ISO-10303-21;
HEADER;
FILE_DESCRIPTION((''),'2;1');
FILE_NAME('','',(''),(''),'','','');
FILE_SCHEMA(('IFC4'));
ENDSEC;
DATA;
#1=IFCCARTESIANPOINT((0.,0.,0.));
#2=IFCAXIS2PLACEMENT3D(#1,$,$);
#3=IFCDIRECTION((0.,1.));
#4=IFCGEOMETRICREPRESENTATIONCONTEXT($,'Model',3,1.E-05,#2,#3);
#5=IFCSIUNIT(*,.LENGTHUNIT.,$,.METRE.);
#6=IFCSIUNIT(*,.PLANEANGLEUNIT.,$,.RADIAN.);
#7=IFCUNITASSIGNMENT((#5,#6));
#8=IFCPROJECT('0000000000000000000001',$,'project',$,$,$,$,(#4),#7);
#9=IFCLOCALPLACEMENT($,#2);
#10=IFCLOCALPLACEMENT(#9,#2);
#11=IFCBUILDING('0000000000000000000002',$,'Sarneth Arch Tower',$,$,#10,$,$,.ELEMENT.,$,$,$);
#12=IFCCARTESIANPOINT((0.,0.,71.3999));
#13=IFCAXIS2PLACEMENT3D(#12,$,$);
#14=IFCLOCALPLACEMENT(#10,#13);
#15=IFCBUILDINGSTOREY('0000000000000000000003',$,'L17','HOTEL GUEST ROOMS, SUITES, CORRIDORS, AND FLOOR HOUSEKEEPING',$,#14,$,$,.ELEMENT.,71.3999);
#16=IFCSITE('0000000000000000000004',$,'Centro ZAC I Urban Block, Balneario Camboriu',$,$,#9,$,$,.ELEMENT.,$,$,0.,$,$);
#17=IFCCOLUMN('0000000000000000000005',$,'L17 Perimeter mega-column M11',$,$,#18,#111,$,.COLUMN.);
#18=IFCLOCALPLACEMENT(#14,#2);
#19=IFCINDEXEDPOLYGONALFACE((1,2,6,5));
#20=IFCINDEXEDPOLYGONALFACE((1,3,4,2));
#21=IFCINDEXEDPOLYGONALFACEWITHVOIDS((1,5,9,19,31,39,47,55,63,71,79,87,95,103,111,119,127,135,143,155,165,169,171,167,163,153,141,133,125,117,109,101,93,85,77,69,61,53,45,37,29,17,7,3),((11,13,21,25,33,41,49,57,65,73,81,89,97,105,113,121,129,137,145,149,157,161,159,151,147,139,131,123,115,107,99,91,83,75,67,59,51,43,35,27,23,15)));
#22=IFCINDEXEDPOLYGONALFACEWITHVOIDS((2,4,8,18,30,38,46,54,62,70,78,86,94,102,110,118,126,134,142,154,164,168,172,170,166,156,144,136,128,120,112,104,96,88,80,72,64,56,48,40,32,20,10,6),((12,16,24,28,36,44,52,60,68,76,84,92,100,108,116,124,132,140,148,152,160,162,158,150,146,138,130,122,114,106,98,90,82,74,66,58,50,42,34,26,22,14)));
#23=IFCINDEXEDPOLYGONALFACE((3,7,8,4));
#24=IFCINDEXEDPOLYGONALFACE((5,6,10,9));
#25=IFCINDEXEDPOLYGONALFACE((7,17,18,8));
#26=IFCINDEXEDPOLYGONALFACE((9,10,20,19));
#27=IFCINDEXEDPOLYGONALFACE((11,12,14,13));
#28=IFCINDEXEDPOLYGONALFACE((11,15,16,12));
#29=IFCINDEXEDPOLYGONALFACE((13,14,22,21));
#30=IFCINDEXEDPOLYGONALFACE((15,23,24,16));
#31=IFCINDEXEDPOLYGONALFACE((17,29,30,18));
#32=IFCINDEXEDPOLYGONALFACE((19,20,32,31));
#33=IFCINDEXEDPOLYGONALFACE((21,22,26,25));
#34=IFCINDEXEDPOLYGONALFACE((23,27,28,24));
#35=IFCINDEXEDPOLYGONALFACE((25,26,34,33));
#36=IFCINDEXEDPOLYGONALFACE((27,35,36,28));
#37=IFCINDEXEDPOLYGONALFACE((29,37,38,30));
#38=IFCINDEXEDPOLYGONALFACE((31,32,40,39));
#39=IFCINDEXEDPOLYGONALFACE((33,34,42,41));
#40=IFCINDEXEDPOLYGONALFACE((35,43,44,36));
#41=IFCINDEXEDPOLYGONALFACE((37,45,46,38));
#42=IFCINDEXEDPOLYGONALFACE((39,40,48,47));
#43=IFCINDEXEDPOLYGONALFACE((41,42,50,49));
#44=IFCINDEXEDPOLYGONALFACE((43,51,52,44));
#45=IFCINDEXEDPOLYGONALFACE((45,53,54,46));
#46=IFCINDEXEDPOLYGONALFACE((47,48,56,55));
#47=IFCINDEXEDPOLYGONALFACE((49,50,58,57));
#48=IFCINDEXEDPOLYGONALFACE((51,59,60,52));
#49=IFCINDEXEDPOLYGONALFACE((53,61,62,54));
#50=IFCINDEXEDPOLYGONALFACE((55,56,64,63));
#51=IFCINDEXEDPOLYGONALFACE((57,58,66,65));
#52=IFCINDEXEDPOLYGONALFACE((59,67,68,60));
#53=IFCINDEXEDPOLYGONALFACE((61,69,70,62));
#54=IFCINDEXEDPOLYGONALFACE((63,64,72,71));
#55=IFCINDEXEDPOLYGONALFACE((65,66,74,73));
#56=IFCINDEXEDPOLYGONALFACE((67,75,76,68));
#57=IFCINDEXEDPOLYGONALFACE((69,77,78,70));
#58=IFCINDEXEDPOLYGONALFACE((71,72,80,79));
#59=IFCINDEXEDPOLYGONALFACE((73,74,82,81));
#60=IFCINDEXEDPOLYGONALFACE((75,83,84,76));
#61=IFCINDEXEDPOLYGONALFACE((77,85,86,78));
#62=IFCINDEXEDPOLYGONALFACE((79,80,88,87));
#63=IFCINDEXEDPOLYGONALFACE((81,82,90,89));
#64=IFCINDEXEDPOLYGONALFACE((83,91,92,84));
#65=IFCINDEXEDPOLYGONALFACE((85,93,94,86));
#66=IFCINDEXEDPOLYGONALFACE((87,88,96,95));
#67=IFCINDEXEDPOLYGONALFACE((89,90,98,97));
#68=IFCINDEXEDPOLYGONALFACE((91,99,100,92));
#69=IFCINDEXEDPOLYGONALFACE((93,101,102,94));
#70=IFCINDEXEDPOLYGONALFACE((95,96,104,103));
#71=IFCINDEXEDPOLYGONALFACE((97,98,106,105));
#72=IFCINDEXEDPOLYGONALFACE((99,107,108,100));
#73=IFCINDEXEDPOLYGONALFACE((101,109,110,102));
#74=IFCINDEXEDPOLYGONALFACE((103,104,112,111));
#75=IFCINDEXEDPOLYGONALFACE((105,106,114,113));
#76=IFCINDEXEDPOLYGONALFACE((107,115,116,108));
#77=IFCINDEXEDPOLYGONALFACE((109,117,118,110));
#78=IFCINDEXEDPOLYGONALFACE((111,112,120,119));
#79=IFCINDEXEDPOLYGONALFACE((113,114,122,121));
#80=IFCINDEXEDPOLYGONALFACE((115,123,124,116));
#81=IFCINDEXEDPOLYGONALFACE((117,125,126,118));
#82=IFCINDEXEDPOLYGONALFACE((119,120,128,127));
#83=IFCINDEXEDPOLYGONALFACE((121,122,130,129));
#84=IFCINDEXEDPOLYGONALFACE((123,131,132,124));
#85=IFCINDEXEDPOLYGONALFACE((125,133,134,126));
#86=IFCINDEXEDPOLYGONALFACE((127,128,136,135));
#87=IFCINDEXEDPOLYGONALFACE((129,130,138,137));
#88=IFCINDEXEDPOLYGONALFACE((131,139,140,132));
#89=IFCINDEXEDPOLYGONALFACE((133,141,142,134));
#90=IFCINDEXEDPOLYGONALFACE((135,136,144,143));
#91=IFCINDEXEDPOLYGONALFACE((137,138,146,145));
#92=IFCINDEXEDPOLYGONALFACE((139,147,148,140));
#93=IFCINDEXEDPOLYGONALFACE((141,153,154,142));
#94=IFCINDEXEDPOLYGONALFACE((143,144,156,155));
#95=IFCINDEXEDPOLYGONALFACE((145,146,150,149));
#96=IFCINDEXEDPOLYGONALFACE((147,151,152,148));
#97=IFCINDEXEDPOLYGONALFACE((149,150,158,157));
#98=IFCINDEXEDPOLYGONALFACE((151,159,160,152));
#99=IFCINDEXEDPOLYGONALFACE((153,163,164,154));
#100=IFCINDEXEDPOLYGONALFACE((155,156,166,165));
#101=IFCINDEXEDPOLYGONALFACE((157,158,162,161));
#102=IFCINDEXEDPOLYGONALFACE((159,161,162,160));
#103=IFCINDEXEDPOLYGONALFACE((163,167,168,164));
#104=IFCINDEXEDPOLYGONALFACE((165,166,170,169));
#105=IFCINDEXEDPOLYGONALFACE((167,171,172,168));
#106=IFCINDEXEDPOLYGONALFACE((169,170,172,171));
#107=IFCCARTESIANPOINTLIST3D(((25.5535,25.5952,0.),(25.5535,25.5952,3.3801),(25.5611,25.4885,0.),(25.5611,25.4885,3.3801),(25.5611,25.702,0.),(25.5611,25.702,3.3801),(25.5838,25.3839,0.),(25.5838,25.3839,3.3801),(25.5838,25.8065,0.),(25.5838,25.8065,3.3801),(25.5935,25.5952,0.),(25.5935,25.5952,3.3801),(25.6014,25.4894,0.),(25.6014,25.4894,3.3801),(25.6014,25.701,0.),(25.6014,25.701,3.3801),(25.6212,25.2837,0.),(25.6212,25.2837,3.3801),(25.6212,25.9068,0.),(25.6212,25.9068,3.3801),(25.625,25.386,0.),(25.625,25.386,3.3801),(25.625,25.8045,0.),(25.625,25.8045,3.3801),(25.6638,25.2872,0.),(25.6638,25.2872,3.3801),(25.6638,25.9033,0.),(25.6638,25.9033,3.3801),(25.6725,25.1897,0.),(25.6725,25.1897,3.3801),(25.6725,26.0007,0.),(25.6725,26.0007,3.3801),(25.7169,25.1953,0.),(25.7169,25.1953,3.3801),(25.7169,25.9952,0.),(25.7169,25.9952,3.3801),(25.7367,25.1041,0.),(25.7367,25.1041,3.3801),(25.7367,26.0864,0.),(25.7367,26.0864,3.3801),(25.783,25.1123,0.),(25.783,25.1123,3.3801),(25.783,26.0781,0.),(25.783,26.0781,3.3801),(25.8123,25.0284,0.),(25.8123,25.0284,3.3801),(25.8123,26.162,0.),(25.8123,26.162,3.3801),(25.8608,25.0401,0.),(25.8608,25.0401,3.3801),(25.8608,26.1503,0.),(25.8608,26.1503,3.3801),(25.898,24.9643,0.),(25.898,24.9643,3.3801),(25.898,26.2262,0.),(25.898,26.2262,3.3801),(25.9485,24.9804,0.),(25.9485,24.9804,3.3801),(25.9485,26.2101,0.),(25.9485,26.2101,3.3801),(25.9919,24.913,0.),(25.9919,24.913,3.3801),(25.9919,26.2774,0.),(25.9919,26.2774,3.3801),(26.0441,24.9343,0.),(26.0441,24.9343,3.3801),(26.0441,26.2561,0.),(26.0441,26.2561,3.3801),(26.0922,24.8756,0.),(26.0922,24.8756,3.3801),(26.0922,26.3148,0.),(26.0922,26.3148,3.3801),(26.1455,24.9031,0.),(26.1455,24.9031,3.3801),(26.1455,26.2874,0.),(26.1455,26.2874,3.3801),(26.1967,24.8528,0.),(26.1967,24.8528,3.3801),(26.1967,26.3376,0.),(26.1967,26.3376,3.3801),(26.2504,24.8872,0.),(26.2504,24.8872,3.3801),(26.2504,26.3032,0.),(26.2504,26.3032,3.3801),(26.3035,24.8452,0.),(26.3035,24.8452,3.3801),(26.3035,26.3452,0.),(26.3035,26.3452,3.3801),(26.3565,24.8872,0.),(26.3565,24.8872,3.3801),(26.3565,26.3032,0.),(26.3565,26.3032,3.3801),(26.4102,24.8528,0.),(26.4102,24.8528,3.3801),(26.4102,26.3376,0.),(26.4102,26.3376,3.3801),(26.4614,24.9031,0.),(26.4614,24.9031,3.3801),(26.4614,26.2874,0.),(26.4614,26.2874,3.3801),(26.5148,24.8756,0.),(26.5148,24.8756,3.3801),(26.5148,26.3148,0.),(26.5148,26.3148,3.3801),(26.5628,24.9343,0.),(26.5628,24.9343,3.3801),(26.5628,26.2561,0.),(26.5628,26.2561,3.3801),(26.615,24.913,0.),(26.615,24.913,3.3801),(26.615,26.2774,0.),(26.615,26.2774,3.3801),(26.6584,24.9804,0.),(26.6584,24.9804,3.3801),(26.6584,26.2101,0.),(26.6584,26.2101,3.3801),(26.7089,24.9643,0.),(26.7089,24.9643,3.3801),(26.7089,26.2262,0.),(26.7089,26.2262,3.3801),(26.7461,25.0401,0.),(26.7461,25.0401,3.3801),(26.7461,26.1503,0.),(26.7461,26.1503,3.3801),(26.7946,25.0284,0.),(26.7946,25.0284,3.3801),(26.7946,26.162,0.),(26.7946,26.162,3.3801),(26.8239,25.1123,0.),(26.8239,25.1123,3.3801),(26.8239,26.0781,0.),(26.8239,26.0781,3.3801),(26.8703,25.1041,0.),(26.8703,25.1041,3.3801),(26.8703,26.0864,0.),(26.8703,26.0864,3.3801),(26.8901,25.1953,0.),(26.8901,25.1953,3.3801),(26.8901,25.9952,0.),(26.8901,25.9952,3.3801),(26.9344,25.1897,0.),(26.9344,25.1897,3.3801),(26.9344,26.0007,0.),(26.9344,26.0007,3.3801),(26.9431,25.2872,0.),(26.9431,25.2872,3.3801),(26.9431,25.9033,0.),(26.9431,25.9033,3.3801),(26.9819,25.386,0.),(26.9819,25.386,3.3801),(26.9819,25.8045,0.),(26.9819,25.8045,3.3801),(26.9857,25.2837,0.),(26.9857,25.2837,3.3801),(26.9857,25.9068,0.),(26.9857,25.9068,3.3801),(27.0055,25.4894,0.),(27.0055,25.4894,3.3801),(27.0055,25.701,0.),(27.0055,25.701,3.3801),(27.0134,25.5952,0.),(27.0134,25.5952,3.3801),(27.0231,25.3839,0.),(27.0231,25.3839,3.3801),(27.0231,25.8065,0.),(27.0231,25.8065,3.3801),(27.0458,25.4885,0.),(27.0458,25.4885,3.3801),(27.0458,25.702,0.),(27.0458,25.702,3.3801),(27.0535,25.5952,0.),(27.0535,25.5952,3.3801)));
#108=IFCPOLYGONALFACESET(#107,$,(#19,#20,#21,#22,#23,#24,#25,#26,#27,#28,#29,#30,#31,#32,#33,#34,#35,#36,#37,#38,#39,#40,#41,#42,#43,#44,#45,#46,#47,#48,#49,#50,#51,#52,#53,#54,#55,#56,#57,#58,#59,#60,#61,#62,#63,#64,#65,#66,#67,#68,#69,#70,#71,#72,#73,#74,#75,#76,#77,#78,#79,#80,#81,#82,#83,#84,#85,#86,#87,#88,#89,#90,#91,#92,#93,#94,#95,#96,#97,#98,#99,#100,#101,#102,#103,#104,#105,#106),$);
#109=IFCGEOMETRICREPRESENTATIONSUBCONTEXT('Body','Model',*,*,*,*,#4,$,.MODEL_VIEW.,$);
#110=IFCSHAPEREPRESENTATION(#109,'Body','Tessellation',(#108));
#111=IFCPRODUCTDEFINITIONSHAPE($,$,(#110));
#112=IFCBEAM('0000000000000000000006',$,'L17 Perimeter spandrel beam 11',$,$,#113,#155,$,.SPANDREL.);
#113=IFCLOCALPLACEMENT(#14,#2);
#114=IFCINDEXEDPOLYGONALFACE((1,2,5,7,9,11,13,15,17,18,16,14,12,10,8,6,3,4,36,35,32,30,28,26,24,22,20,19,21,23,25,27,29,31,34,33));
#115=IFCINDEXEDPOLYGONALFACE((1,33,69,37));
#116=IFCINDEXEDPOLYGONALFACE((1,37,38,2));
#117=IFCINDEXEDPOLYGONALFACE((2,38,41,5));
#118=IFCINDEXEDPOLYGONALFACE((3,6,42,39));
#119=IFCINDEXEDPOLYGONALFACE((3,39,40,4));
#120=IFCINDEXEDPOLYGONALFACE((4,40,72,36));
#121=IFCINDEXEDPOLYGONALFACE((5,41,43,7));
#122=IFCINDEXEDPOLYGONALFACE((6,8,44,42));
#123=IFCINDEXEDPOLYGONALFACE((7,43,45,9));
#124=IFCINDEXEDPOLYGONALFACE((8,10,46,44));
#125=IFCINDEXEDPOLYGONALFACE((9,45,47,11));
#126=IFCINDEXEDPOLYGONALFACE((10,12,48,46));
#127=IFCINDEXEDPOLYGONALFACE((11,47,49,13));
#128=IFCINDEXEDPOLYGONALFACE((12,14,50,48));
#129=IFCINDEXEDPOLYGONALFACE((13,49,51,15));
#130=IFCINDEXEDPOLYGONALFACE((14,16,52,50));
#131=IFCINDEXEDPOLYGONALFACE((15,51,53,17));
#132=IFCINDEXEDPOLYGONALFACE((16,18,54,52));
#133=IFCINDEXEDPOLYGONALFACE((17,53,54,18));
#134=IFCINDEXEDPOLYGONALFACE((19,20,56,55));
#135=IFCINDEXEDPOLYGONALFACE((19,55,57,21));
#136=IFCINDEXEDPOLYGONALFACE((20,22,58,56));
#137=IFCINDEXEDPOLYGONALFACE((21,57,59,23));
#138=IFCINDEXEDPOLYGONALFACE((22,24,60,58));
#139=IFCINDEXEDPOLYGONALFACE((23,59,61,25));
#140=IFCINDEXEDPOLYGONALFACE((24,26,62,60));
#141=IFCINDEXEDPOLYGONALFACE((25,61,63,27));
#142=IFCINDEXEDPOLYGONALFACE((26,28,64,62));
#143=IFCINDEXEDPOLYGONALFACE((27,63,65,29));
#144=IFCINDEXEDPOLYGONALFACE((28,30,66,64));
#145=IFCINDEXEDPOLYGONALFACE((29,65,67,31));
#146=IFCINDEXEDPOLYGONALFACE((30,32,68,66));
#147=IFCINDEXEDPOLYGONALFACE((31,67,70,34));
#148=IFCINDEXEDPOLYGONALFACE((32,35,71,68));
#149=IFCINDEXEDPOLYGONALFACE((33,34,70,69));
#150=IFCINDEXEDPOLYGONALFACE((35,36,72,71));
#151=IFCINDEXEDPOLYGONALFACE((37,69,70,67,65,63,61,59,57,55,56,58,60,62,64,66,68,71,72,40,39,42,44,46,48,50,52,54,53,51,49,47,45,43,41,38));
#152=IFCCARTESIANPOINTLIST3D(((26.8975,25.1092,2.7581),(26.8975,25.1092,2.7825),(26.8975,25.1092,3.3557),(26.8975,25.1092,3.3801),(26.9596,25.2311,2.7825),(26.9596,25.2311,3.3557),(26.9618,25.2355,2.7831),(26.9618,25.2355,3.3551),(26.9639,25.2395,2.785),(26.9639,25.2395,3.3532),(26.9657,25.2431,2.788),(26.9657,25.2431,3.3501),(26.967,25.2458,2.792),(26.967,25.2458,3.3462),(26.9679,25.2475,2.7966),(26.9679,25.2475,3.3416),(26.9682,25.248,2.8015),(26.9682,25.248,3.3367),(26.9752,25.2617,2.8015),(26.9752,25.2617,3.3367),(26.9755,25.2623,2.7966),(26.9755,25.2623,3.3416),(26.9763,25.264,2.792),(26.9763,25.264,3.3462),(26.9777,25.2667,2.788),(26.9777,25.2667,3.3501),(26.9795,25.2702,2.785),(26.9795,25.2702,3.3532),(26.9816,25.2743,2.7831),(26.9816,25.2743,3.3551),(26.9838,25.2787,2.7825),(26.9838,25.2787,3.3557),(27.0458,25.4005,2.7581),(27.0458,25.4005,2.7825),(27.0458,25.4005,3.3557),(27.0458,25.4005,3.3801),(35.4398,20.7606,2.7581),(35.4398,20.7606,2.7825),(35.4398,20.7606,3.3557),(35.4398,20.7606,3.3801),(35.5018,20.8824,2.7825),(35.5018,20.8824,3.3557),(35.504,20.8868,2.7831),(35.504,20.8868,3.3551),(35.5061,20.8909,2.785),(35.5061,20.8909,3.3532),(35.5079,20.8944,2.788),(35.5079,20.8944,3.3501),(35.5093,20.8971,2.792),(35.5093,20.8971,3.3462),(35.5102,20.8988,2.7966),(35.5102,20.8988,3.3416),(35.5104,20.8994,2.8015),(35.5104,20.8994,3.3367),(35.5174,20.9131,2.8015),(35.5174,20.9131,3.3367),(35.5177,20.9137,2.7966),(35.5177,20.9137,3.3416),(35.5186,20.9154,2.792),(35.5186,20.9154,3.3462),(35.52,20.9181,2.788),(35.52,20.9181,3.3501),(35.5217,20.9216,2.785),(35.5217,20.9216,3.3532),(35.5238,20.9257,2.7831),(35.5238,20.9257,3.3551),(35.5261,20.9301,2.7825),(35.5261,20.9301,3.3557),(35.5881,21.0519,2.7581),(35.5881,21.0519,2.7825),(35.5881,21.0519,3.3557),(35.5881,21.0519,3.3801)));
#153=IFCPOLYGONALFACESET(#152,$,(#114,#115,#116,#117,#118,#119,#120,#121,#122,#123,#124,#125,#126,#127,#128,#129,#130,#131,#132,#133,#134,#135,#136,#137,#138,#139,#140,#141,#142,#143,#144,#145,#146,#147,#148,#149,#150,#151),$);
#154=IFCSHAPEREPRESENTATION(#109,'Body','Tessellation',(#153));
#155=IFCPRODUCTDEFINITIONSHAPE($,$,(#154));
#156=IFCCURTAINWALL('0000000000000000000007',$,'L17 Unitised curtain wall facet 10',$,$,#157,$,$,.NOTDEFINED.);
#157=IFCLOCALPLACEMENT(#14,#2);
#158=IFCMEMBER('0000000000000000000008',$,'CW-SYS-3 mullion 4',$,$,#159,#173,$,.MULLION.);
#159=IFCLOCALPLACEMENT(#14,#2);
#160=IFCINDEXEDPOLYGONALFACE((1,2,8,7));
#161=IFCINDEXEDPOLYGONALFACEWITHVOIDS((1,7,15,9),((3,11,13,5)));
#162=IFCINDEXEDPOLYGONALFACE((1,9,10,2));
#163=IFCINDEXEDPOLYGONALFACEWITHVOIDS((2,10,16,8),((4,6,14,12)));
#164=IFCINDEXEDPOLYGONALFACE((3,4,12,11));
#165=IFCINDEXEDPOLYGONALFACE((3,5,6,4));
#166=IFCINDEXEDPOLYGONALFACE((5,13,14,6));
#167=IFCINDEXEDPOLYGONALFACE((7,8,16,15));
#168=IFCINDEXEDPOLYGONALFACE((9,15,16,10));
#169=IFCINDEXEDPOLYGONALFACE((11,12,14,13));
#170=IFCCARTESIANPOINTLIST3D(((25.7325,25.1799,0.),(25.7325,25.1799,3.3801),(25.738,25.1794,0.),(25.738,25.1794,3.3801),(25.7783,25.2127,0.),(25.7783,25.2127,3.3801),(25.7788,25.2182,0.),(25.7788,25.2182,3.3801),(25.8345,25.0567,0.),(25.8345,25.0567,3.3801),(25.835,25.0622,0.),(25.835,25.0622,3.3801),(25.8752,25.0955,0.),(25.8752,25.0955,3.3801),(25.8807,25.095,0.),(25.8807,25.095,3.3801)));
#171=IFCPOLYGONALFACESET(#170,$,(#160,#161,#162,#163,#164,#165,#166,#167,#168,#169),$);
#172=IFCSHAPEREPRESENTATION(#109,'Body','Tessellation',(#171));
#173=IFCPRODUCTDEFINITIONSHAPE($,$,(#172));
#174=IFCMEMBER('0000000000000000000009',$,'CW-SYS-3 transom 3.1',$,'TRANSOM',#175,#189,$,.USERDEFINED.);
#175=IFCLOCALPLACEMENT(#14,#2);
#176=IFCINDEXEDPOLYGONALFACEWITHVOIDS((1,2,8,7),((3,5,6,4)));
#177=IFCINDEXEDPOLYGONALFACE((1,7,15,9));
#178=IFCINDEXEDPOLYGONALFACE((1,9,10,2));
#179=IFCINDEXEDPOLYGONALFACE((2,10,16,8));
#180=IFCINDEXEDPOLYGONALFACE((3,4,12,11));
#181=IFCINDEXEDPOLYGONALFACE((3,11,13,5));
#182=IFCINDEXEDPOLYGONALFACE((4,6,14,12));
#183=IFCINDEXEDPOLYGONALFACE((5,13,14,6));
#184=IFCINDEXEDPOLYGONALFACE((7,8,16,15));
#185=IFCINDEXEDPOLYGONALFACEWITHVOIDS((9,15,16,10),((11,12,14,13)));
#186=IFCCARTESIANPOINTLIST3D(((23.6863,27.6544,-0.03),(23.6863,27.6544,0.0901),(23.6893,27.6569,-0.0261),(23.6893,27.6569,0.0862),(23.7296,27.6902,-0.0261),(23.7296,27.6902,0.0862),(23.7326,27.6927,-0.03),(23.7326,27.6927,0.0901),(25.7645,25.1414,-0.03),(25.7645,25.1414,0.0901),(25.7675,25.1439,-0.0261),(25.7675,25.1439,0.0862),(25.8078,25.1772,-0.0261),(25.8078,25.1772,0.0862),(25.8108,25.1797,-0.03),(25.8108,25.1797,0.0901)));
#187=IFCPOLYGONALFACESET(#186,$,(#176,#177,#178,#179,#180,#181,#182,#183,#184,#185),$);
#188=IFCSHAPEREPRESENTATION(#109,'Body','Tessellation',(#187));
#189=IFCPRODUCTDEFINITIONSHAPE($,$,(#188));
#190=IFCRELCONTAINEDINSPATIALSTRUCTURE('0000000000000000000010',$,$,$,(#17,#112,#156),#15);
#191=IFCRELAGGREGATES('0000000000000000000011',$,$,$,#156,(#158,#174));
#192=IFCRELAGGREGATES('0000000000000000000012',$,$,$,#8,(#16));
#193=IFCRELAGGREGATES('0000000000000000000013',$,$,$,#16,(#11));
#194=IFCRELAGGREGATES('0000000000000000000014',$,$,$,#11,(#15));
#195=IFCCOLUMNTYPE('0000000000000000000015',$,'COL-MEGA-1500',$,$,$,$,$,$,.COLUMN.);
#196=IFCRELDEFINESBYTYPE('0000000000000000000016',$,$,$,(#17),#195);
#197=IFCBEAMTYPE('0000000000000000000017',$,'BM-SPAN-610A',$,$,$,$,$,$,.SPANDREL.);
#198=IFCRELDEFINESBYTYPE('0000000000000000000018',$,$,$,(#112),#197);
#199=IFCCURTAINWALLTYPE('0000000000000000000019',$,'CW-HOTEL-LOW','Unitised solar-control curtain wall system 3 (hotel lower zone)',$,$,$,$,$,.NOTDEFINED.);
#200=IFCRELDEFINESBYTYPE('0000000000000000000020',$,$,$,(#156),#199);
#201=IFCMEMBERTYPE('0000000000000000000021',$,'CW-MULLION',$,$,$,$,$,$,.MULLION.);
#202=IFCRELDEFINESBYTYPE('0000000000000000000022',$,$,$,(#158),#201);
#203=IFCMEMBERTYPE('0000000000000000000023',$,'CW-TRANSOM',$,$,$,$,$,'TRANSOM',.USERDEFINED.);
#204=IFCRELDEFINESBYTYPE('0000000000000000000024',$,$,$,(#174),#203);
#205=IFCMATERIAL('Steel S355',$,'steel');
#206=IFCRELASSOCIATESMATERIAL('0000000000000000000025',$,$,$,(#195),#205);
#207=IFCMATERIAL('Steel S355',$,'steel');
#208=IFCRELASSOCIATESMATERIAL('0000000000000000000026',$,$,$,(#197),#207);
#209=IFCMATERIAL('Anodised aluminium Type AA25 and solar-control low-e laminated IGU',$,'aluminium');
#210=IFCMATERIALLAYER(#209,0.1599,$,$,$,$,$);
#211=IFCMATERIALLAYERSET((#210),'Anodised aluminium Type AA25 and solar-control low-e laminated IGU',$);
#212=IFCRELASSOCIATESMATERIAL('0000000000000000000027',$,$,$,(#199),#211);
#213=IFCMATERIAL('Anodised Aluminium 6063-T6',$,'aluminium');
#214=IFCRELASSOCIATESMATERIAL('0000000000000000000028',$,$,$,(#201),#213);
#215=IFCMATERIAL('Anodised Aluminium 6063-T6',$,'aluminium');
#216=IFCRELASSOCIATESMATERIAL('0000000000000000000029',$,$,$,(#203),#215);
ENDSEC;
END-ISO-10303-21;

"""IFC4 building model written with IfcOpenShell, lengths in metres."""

from ifc_helpers import new_model, si_unit, direction, frame, origin, origin_2d, place, context, subcontext, project, spatial, hollow_rectangle, hollow_circle, i_section, extrude, material, layer, layer_set, material_profile, profile_set, type_object, element, aggregate, save


model = new_model("IFC4")

# Units and contexts
model_context = context("Model", 3, precision=1e-05, world=origin(), true_north=direction((0.0, 1.0)))
body_context = subcontext(model_context, "Body", "Model", "MODEL_VIEW")
ifc_project = project(units=[si_unit("LENGTHUNIT", "METRE"), si_unit("PLANEANGLEUNIT", "RADIAN")], contexts=[model_context])

# Site, building, storey
site_placement = place(None, origin())
site = spatial("IfcSite", under=ifc_project, at=site_placement, Name="Centro ZAC I Urban Block, Balneario Camboriu", CompositionType="ELEMENT", RefElevation=0.0)
building_placement = place(site_placement, origin())
building = spatial("IfcBuilding", under=site, at=building_placement, Name="Sarneth Arch Tower", CompositionType="ELEMENT")
storey_placement = place(building_placement, frame((0.0, 0.0, 71.3999)))
storey = spatial("IfcBuildingStorey", under=building, at=storey_placement, Name="L17", Description="HOTEL GUEST ROOMS, SUITES, CORRIDORS, AND FLOOR HOUSEKEEPING", CompositionType="ELEMENT", Elevation=71.3999)

# Column
ifc_material_1 = material(Name="Steel S355", Category="steel")
ifc_material_profile_1 = material_profile(ifc_material_1, hollow_circle(Radius=0.75, WallThickness=0.04, at=origin_2d()), Name="CHS1500x40")
ifc_profile_set_1 = profile_set([ifc_material_profile_1], Name="Steel S355")
column_type = type_object("IfcColumnType", Name="COL-MEGA-1500", PredefinedType="COLUMN", material=ifc_profile_set_1)
column_placement = place(storey_placement, frame((26.3035, 25.5952, 0.0), z_axis=(0.0, 0.0, 1.0), x_axis=(1.0, 0.0, 0.0)))
element("IfcColumn", 1, at=column_placement, inside=storey, type_object=column_type, Name="L17 Perimeter mega-column M11", PredefinedType="COLUMN", context=body_context, shape_type="SweptSolid", body=[
    extrude(hollow_circle(Radius=0.75, WallThickness=0.04, at=origin_2d()), origin(), (0.0, 0.0, 1.0), 3.3801),
])

# Beam
ifc_material_2 = material(Name="Steel S355", Category="steel")
ifc_material_profile_2 = material_profile(ifc_material_2, i_section(OverallWidth=0.3269, OverallDepth=0.6221, WebThickness=0.0154, FlangeThickness=0.0244, FilletRadius=0.019, at=origin_2d()), Name="W610x195")
ifc_profile_set_2 = profile_set([ifc_material_profile_2], Name="Steel S355")
beam_type = type_object("IfcBeamType", Name="BM-SPAN-610A", PredefinedType="SPANDREL", material=ifc_profile_set_2)
beam_placement = place(storey_placement, frame((26.9717, 25.2549, 3.0691), z_axis=(0.891169, -0.453671, 0.0), x_axis=(0.453671, 0.891169, 0.0)))
element("IfcBeam", 2, at=beam_placement, inside=storey, type_object=beam_type, Name="L17 Perimeter spandrel beam 11", PredefinedType="SPANDREL", context=body_context, shape_type="SweptSolid", body=[
    extrude(i_section(OverallWidth=0.3269, OverallDepth=0.6221, WebThickness=0.0154, FlangeThickness=0.0244, FilletRadius=0.019, at=origin_2d()), origin(), (0.0, 0.0, 1.0), 9.5854),
])

# Curtain wall, members
ifc_material_3 = material(Name="Anodised aluminium Type AA25 and solar-control low-e laminated IGU", Category="aluminium")
ifc_layer_1 = layer(ifc_material_3, 0.1599)
ifc_layer_set_1 = layer_set([ifc_layer_1], Name="Anodised aluminium Type AA25 and solar-control low-e laminated IGU")
curtain_wall_type = type_object("IfcCurtainWallType", Name="CW-HOTEL-LOW", Description="Unitised solar-control curtain wall system 3 (hotel lower zone)", PredefinedType="NOTDEFINED", material=ifc_layer_set_1)
curtain_wall_placement = place(storey_placement, origin())
curtain_wall = element("IfcCurtainWall", 3, at=curtain_wall_placement, inside=storey, type_object=curtain_wall_type, Name="L17 Unitised curtain wall facet 10", PredefinedType="NOTDEFINED")
ifc_material_4 = material(Name="Anodised Aluminium 6063-T6", Category="aluminium")
ifc_material_profile_3 = material_profile(ifc_material_4, hollow_rectangle(XDim=0.0601, YDim=0.1599, WallThickness=0.0039, at=origin_2d()), Name="AL-MULL-160x60x4")
ifc_profile_set_3 = profile_set([ifc_material_profile_3], Name="Anodised Aluminium 6063-T6")
member_type_1 = type_object("IfcMemberType", Name="CW-MULLION", PredefinedType="MULLION", material=ifc_profile_set_3)
member_1_placement = place(storey_placement, frame((25.8066, 25.1375, 0.0), z_axis=(0.0, 0.0, 1.0), x_axis=(0.770623, 0.637291, 0.0)))
member_1 = element("IfcMember", 4, at=member_1_placement, type_object=member_type_1, Name="CW-SYS-3 mullion 4", PredefinedType="MULLION", context=body_context, shape_type="SweptSolid", body=[
    extrude(hollow_rectangle(XDim=0.0601, YDim=0.1599, WallThickness=0.0039, at=origin_2d()), origin(), (0.0, 0.0, 1.0), 3.3801),
])
ifc_material_5 = material(Name="Anodised Aluminium 6063-T6", Category="aluminium")
ifc_material_profile_4 = material_profile(ifc_material_5, hollow_rectangle(XDim=0.0601, YDim=0.1201, WallThickness=0.0039, at=origin_2d()), Name="AL-TRAN-120x60x4")
ifc_profile_set_4 = profile_set([ifc_material_profile_4], Name="Anodised Aluminium 6063-T6")
member_type_2 = type_object("IfcMemberType", Name="CW-TRANSOM", ElementType="TRANSOM", PredefinedType="USERDEFINED", material=ifc_profile_set_4)
member_2_placement = place(storey_placement, frame((23.7095, 27.6736, 0.03), z_axis=(0.637286, -0.770628, 0.0), x_axis=(0.770628, 0.637286, 0.0)))
member_2 = element("IfcMember", 5, at=member_2_placement, type_object=member_type_2, Name="CW-SYS-3 transom 3.1", ObjectType="TRANSOM", PredefinedType="USERDEFINED", context=body_context, shape_type="SweptSolid", body=[
    extrude(hollow_rectangle(XDim=0.0601, YDim=0.1201, WallThickness=0.0039, at=origin_2d()), origin(), (0.0, 0.0, 1.0), 3.261),
])

aggregate(curtain_wall, [member_1, member_2])

save(model, "model.ifc")
